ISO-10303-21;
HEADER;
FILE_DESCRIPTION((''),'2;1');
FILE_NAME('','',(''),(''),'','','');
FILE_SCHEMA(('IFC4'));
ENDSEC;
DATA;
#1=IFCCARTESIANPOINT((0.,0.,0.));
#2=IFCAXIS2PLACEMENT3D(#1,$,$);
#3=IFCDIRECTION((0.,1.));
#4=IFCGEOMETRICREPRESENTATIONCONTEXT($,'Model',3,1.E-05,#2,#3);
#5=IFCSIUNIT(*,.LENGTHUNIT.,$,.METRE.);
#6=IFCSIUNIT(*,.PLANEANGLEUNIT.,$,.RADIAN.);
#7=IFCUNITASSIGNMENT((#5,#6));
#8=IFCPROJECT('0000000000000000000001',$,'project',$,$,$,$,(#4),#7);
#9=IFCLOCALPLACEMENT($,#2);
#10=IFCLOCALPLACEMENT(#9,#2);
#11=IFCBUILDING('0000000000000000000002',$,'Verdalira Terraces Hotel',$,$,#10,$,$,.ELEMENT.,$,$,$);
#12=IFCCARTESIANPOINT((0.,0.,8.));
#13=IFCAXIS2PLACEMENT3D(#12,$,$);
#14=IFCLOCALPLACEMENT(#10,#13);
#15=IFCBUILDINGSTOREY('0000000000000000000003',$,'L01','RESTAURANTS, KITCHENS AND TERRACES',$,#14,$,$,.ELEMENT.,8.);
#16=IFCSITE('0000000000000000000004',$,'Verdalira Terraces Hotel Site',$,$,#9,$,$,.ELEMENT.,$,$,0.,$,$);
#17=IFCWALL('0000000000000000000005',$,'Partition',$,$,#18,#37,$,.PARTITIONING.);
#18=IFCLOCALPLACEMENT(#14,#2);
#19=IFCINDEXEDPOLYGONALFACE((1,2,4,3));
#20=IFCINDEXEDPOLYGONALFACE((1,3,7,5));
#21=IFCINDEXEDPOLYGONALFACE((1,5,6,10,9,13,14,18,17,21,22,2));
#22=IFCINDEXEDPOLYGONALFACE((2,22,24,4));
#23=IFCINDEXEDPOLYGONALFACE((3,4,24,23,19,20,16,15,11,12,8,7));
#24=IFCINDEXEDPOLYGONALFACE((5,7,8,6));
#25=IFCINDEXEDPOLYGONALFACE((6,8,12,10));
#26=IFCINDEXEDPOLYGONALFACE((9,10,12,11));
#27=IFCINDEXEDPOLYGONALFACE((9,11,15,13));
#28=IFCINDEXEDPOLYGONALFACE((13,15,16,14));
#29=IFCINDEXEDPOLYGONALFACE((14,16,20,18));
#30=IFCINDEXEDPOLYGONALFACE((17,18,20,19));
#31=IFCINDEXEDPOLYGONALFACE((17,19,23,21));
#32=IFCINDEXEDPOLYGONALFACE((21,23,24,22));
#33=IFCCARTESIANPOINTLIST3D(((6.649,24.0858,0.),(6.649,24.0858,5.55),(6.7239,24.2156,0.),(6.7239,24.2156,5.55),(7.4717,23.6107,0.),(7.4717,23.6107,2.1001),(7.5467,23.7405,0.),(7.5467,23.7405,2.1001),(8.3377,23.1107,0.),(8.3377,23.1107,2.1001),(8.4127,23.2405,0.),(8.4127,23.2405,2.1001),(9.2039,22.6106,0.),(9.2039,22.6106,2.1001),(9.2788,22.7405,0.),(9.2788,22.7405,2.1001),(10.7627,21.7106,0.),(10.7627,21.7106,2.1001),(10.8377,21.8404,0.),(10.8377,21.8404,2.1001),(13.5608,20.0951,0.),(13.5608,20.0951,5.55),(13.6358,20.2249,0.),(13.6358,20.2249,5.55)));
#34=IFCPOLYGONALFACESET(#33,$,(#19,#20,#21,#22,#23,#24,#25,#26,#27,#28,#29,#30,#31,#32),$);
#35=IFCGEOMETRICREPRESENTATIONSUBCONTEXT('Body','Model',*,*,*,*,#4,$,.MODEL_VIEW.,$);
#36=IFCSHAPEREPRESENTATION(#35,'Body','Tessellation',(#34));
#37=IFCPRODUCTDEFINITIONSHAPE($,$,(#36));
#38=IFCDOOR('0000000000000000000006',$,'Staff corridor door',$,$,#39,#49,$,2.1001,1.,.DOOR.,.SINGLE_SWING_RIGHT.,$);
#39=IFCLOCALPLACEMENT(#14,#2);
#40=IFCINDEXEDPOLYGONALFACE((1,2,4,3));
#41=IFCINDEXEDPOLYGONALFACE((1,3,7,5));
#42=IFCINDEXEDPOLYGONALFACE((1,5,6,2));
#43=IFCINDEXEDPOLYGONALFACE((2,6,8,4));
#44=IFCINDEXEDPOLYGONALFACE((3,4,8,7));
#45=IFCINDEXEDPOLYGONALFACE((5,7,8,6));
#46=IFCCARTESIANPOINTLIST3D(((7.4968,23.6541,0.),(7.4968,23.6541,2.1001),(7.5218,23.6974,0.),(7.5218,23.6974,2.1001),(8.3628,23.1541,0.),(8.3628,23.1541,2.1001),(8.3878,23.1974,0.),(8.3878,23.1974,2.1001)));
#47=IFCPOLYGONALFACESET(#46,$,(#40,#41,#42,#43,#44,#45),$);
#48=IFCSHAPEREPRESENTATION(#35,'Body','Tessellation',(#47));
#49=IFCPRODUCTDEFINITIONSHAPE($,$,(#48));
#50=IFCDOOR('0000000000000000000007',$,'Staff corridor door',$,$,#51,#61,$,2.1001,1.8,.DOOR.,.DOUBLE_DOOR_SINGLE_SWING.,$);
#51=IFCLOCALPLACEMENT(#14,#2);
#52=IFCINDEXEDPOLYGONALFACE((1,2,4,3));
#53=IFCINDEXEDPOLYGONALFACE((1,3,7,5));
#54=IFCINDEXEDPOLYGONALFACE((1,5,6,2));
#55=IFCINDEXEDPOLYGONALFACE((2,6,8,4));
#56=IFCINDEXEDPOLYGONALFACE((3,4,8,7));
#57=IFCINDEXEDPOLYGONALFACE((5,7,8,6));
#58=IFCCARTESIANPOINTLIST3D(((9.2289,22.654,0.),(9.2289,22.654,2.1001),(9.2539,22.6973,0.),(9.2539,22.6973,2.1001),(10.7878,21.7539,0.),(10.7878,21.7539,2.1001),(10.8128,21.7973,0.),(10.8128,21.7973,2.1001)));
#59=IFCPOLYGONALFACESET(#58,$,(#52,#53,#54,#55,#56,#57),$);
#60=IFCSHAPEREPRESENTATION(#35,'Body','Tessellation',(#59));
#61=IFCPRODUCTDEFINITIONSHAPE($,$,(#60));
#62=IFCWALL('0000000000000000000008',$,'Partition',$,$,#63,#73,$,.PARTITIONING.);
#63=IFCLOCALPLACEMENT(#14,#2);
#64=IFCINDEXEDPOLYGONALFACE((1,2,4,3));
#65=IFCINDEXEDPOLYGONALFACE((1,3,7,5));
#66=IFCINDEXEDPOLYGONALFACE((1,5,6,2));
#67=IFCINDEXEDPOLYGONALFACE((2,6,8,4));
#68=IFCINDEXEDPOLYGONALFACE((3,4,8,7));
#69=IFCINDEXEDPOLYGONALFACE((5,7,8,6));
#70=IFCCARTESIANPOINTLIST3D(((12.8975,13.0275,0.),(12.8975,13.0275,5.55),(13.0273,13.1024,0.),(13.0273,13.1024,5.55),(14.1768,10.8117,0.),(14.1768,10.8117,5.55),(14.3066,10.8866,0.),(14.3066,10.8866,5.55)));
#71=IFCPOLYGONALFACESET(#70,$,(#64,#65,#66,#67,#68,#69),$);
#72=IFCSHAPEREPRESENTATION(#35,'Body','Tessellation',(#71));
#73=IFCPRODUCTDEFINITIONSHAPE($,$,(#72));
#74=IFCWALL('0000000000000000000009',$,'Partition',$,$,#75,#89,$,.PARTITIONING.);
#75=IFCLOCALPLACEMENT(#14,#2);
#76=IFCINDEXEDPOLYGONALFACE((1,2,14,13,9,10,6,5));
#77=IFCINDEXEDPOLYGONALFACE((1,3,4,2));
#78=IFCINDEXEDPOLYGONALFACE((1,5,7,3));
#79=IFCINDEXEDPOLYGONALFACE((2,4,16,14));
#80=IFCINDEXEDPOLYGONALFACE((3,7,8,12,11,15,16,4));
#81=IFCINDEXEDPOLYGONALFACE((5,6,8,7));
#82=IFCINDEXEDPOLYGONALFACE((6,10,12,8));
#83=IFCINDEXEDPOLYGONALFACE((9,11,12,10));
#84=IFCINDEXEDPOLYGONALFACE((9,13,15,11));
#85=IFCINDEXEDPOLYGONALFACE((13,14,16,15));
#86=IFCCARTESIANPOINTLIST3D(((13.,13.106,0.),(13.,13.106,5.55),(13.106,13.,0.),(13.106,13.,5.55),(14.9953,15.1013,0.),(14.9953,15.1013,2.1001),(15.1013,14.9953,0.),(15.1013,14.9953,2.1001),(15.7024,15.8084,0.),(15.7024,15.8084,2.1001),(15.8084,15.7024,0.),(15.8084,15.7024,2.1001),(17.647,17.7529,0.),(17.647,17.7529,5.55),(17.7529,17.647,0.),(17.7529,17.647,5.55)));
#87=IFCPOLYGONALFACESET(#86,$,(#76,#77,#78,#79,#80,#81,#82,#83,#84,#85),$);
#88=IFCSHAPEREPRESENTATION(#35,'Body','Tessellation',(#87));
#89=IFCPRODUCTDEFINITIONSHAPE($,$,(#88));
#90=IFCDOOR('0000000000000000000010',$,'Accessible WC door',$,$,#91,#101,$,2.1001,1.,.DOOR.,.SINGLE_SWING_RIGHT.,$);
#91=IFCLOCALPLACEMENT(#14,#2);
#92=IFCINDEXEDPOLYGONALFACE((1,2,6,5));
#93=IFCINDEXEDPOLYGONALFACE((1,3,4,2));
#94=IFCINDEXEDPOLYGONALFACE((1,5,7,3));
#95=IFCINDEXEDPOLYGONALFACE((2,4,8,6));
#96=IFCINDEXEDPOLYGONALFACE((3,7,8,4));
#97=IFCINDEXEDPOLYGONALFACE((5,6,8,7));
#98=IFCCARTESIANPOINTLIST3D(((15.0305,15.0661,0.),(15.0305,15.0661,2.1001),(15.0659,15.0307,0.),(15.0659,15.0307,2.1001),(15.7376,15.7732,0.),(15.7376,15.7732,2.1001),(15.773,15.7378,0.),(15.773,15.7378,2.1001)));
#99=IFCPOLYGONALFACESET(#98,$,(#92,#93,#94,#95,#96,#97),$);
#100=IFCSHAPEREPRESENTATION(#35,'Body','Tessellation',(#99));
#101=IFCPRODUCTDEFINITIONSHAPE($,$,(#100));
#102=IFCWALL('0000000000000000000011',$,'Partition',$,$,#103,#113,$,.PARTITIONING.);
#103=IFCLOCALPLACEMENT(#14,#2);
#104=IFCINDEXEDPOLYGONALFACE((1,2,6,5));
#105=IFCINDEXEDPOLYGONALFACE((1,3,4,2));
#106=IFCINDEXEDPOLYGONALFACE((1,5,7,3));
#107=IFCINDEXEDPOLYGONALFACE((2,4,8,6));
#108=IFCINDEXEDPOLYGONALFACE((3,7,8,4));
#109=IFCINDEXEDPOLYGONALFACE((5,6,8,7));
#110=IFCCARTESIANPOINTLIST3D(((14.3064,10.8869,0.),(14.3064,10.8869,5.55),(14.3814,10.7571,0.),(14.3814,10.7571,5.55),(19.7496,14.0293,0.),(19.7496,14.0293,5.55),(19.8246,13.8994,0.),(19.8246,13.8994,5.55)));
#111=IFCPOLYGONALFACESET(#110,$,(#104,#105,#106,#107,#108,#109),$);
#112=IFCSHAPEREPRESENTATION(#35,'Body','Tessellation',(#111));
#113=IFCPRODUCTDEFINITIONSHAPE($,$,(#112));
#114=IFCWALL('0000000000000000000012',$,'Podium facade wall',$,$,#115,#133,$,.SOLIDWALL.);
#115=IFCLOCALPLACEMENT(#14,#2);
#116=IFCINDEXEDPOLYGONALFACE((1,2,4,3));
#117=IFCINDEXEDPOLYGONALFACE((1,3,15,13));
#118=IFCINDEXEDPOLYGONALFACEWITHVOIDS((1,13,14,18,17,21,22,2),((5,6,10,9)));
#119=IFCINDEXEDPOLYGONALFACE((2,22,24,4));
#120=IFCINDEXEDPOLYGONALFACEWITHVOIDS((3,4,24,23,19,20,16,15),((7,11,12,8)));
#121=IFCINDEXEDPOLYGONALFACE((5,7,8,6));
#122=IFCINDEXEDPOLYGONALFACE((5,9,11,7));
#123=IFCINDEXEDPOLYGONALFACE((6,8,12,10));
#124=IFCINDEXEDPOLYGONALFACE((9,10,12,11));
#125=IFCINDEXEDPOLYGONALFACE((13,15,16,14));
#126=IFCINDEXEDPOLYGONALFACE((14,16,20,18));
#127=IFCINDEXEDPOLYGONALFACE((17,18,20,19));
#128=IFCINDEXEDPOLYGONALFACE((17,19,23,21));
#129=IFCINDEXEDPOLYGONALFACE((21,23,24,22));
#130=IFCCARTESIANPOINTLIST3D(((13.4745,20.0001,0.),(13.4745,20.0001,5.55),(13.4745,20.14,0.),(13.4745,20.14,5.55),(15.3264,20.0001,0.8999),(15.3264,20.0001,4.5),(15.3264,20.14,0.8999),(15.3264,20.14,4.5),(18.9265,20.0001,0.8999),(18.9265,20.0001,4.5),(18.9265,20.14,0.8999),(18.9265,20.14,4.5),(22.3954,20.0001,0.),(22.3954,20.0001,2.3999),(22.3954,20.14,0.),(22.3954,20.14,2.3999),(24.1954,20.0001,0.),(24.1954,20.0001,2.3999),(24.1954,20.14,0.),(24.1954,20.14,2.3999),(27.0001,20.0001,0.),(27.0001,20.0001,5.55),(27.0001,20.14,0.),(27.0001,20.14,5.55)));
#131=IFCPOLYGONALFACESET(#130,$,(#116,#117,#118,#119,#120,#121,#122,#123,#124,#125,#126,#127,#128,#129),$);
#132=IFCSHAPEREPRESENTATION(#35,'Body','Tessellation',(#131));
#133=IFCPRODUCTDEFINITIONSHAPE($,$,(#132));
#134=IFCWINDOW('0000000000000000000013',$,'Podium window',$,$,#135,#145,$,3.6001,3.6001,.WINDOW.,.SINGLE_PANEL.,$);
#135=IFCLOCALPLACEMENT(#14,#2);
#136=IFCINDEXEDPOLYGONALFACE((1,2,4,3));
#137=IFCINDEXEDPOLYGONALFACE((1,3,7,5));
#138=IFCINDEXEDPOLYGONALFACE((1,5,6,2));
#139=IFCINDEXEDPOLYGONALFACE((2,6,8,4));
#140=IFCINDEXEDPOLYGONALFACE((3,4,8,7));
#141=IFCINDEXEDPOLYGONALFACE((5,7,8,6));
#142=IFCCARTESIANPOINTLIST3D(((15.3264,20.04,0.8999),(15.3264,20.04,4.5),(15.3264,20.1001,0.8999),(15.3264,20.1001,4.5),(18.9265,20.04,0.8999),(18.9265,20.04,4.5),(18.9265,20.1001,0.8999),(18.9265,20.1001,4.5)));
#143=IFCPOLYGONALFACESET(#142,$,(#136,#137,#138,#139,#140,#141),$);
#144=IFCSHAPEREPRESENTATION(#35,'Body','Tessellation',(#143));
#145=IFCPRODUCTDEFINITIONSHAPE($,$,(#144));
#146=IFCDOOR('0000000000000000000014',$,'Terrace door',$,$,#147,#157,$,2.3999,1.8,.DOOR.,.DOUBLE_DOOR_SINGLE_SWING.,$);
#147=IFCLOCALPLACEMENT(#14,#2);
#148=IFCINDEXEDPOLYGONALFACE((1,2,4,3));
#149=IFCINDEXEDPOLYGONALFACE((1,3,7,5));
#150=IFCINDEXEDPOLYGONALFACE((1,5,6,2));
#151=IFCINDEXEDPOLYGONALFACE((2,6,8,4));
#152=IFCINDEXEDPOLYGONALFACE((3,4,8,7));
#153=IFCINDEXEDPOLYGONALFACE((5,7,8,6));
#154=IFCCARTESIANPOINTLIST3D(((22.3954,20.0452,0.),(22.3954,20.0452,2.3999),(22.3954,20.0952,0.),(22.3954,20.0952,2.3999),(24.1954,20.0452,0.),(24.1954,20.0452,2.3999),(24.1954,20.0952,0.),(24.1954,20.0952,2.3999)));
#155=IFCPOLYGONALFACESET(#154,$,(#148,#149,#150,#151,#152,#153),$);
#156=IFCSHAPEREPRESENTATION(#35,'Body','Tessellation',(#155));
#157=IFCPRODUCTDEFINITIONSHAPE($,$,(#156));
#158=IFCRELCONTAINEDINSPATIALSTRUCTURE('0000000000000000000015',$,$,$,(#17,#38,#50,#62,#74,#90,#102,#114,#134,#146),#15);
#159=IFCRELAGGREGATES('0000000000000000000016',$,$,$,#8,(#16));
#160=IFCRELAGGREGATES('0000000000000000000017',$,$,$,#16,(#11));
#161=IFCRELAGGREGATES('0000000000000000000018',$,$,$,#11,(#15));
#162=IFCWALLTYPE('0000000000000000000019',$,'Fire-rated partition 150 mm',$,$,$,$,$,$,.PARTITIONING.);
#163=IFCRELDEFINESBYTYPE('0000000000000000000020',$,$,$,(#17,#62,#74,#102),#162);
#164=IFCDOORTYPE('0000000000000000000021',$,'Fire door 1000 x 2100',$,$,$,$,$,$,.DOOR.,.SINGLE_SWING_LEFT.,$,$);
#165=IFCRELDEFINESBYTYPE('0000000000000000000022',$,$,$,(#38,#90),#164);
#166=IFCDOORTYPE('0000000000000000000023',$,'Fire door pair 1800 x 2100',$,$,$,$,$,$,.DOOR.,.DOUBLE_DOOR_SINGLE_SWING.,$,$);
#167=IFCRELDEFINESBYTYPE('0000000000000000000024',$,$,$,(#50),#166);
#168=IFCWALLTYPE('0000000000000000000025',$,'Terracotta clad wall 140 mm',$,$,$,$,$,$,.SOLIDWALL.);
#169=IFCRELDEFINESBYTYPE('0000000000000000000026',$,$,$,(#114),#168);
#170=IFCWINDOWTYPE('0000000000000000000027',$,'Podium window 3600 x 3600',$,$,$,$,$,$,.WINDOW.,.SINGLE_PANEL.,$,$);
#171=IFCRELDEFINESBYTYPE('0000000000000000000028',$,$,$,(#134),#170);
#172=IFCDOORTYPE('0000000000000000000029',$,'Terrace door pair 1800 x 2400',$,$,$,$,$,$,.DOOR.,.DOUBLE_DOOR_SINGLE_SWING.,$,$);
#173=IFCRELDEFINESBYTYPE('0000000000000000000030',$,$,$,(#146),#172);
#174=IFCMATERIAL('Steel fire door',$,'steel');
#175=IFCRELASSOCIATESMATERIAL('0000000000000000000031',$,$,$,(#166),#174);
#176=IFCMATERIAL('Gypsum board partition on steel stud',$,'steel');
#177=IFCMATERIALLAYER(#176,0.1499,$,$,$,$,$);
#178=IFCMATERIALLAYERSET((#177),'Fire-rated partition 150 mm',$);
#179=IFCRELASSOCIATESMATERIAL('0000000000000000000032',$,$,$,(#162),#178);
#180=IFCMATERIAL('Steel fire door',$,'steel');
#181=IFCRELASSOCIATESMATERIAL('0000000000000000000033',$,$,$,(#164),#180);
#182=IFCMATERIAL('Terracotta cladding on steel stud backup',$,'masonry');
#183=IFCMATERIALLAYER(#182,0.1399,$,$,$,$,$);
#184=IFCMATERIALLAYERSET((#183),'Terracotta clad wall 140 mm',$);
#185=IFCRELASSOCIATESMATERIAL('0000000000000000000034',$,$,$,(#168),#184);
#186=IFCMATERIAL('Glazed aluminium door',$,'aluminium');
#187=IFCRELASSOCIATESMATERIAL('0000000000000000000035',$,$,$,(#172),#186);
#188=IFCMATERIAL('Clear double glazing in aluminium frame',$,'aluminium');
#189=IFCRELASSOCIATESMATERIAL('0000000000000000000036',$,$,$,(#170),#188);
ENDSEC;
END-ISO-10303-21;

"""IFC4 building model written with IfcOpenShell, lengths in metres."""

from ifc_helpers import new_model, si_unit, direction, frame, frame_2d, origin, place, context, subcontext, project, spatial, rectangle, extrude, material, layer, layer_set, type_object, element, fill, save


model = new_model("IFC4")

# Units and contexts
model_context = context("Model", 3, precision=1e-05, world=origin(), true_north=direction((0.0, 1.0)))
body_context = subcontext(model_context, "Body", "Model", "MODEL_VIEW")
ifc_project = project(units=[si_unit("LENGTHUNIT", "METRE"), si_unit("PLANEANGLEUNIT", "RADIAN")], contexts=[model_context])

# Site, building, storey
site_placement = place(None, origin())
site = spatial("IfcSite", under=ifc_project, at=site_placement, Name="Verdalira Terraces Hotel Site", CompositionType="ELEMENT", RefElevation=0.0)
building_placement = place(site_placement, origin())
building = spatial("IfcBuilding", under=site, at=building_placement, Name="Verdalira Terraces Hotel", CompositionType="ELEMENT")
storey_placement = place(building_placement, frame((0.0, 0.0, 8.0)))
storey = spatial("IfcBuildingStorey", under=building, at=storey_placement, Name="L01", Description="RESTAURANTS, KITCHENS AND TERRACES", CompositionType="ELEMENT", Elevation=8.0)

# Shared definitions
ifc_material_1 = material(Name="Steel fire door", Category="steel")
door_type_1 = type_object("IfcDoorType", Name="Fire door pair 1800 x 2100", OperationType="DOUBLE_DOOR_SINGLE_SWING", PredefinedType="DOOR", material=ifc_material_1)

# Wall, openings, doors
ifc_material_2 = material(Name="Gypsum board partition on steel stud", Category="steel")
ifc_layer_1 = layer(ifc_material_2, 0.1499)
ifc_layer_set_1 = layer_set([ifc_layer_1], Name="Fire-rated partition 150 mm")
wall_type_1 = type_object("IfcWallType", Name="Fire-rated partition 150 mm", PredefinedType="PARTITIONING", material=ifc_layer_set_1)
wall_1_placement = place(storey_placement, frame((13.5984, 20.1599, 0.0), z_axis=(0.0, 0.0, 1.0), x_axis=(-0.866017, 0.500015, 0.0)))
wall_1 = element("IfcWall", 1, at=wall_1_placement, inside=storey, type_object=wall_type_1, Name="Partition", PredefinedType="PARTITIONING", context=body_context, shape_type="SweptSolid", body=[
    extrude(rectangle(XDim=7.9812, YDim=0.1499, at=frame_2d((3.9907, 0.0))), origin(), (0.0, 0.0, 1.0), 5.55),
])
opening_1_placement = place(wall_1_placement, frame((6.0312, 0.0, 0.0)))
opening_1 = element("IfcOpeningElement", 2, at=opening_1_placement, cuts=wall_1, PredefinedType="OPENING", context=body_context, shape_type="SweptSolid", body=[
    extrude(rectangle(XDim=1.0, YDim=2.1001, at=frame_2d((0.5, 1.05))), frame((0.0, 0.085, 0.0), z_axis=(0.0, -1.0, 0.0), x_axis=(1.0, 0.0, 0.0)), (0.0, 0.0, 1.0), 0.1699),
])
opening_2_placement = place(wall_1_placement, frame((3.2312, 0.0, 0.0)))
opening_2 = element("IfcOpeningElement", 3, at=opening_2_placement, cuts=wall_1, PredefinedType="OPENING", context=body_context, shape_type="SweptSolid", body=[
    extrude(rectangle(XDim=1.8, YDim=2.1001, at=frame_2d((0.8999, 1.05))), frame((0.0, 0.085, 0.0), z_axis=(0.0, -1.0, 0.0), x_axis=(1.0, 0.0, 0.0)), (0.0, 0.0, 1.0), 0.1699),
])
ifc_material_3 = material(Name="Steel fire door", Category="steel")
door_type_2 = type_object("IfcDoorType", Name="Fire door 1000 x 2100", OperationType="SINGLE_SWING_LEFT", PredefinedType="DOOR", material=ifc_material_3)
door_1_placement = place(opening_1_placement, origin())
door_1 = element("IfcDoor", 4, at=door_1_placement, inside=storey, type_object=door_type_2, Name="Staff corridor door", OperationType="SINGLE_SWING_RIGHT", OverallHeight=2.1001, OverallWidth=1.0, PredefinedType="DOOR", context=body_context, shape_type="SweptSolid", body=[
    extrude(rectangle(XDim=1.0, YDim=2.1001, at=frame_2d((0.5, 1.05))), frame((0.0, 0.0249, 0.0), z_axis=(0.0, -1.0, 0.0), x_axis=(1.0, 0.0, 0.0)), (0.0, 0.0, 1.0), 0.05),
])
fill(opening_1, door_1)
door_2_placement = place(opening_2_placement, origin())
door_2 = element("IfcDoor", 5, at=door_2_placement, inside=storey, type_object=door_type_1, Name="Staff corridor door", OperationType="DOUBLE_DOOR_SINGLE_SWING", OverallHeight=2.1001, OverallWidth=1.8, PredefinedType="DOOR", context=body_context, shape_type="SweptSolid", body=[
    extrude(rectangle(XDim=1.8, YDim=2.1001, at=frame_2d((0.8999, 1.05))), frame((0.0, 0.0249, 0.0), z_axis=(0.0, -1.0, 0.0), x_axis=(1.0, 0.0, 0.0)), (0.0, 0.0, 1.0), 0.05),
])
fill(opening_2, door_2)

# Wall
wall_2_placement = place(storey_placement, frame((12.9624, 13.0649, 0.0), z_axis=(0.0, 0.0, 1.0), x_axis=(0.499998, -0.866027, 0.0)))
element("IfcWall", 6, at=wall_2_placement, inside=storey, type_object=wall_type_1, Name="Partition", PredefinedType="PARTITIONING", context=body_context, shape_type="SweptSolid", body=[
    extrude(rectangle(XDim=2.5586, YDim=0.1499, at=frame_2d((1.2793, 0.0))), origin(), (0.0, 0.0, 1.0), 5.55),
])

# Wall, opening, door
wall_3_placement = place(storey_placement, frame((17.7, 17.7, 0.0), z_axis=(0.0, 0.0, 1.0), x_axis=(-0.707107, -0.707107, 0.0)))
wall_3 = element("IfcWall", 7, at=wall_3_placement, inside=storey, type_object=wall_type_1, Name="Partition", PredefinedType="PARTITIONING", context=body_context, shape_type="SweptSolid", body=[
    extrude(rectangle(XDim=6.5718, YDim=0.1499, at=frame_2d((3.2859, 0.0))), origin(), (0.0, 0.0, 1.0), 5.55),
])
opening_3_placement = place(wall_3_placement, frame((2.75, 0.0, 0.0)))
opening_3 = element("IfcOpeningElement", 8, at=opening_3_placement, cuts=wall_3, PredefinedType="OPENING", context=body_context, shape_type="SweptSolid", body=[
    extrude(rectangle(XDim=1.0, YDim=2.1001, at=frame_2d((0.5, 1.05))), frame((0.0, 0.085, 0.0), z_axis=(0.0, -1.0, 0.0), x_axis=(1.0, 0.0, 0.0)), (0.0, 0.0, 1.0), 0.1699),
])
door_3_placement = place(opening_3_placement, origin())
door_3 = element("IfcDoor", 9, at=door_3_placement, inside=storey, type_object=door_type_2, Name="Accessible WC door", OperationType="SINGLE_SWING_RIGHT", OverallHeight=2.1001, OverallWidth=1.0, PredefinedType="DOOR", context=body_context, shape_type="SweptSolid", body=[
    extrude(rectangle(XDim=1.0, YDim=2.1001, at=frame_2d((0.5, 1.05))), frame((0.0, 0.0249, 0.0), z_axis=(0.0, -1.0, 0.0), x_axis=(1.0, 0.0, 0.0)), (0.0, 0.0, 1.0), 0.05),
])
fill(opening_3, door_3)

# Wall
wall_4_placement = place(storey_placement, frame((19.7871, 13.9644, 0.0), z_axis=(0.0, 0.0, 1.0), x_axis=(-0.866043, -0.49997, 0.0)))
element("IfcWall", 10, at=wall_4_placement, inside=storey, type_object=wall_type_1, Name="Partition", PredefinedType="PARTITIONING", context=body_context, shape_type="SweptSolid", body=[
    extrude(rectangle(XDim=6.2852, YDim=0.1499, at=frame_2d((3.1426, 0.0))), origin(), (0.0, 0.0, 1.0), 5.55),
])

# Shared definitions
ifc_material_4 = material(Name="Terracotta cladding on steel stud backup", Category="masonry")
ifc_layer_2 = layer(ifc_material_4, 0.1399)
ifc_layer_set_2 = layer_set([ifc_layer_2], Name="Terracotta clad wall 140 mm")
wall_type_2 = type_object("IfcWallType", Name="Terracotta clad wall 140 mm", PredefinedType="SOLIDWALL", material=ifc_layer_set_2)
ifc_material_5 = material(Name="Glazed aluminium door", Category="aluminium")
door_type_3 = type_object("IfcDoorType", Name="Terrace door pair 1800 x 2400", OperationType="DOUBLE_DOOR_SINGLE_SWING", PredefinedType="DOOR", material=ifc_material_5)

# Wall, openings, window, door
wall_5_placement = place(storey_placement, frame((27.0, 20.0701, 0.0), z_axis=(0.0, 0.0, 1.0), x_axis=(-1.0, 0.0, 0.0)))
wall_5 = element("IfcWall", 11, at=wall_5_placement, inside=storey, type_object=wall_type_2, Name="Podium facade wall", PredefinedType="SOLIDWALL", context=body_context, shape_type="SweptSolid", body=[
    extrude(rectangle(XDim=13.5256, YDim=0.1399, at=frame_2d((6.7627, 0.0))), origin(), (0.0, 0.0, 1.0), 5.55),
])
opening_4_placement = place(wall_5_placement, frame((8.0735, 0.0, 0.8999)))
opening_4 = element("IfcOpeningElement", 12, at=opening_4_placement, cuts=wall_5, PredefinedType="OPENING", context=body_context, shape_type="SweptSolid", body=[
    extrude(rectangle(XDim=3.6001, YDim=3.6001, at=frame_2d((1.8, 1.8))), frame((0.0, 0.0798, 0.0), z_axis=(0.0, -1.0, 0.0), x_axis=(1.0, 0.0, 0.0)), (0.0, 0.0, 1.0), 0.1599),
])
opening_5_placement = place(wall_5_placement, frame((2.8047, 0.0, 0.0)))
opening_5 = element("IfcOpeningElement", 13, at=opening_5_placement, cuts=wall_5, PredefinedType="OPENING", context=body_context, shape_type="SweptSolid", body=[
    extrude(rectangle(XDim=1.8, YDim=2.3999, at=frame_2d((0.8999, 1.2))), frame((0.0, 0.0798, 0.0), z_axis=(0.0, -1.0, 0.0), x_axis=(1.0, 0.0, 0.0)), (0.0, 0.0, 1.0), 0.1599),
])
ifc_material_6 = material(Name="Clear double glazing in aluminium frame", Category="aluminium")
window_type_1 = type_object("IfcWindowType", Name="Podium window 3600 x 3600", PartitioningType="SINGLE_PANEL", PredefinedType="WINDOW", material=ifc_material_6)
window_1_placement = place(opening_4_placement, origin())
window_1 = element("IfcWindow", 14, at=window_1_placement, inside=storey, type_object=window_type_1, Name="Podium window", OverallHeight=3.6001, OverallWidth=3.6001, PartitioningType="SINGLE_PANEL", PredefinedType="WINDOW", context=body_context, shape_type="SweptSolid", body=[
    extrude(rectangle(XDim=3.6001, YDim=3.6001, at=frame_2d((1.8, 1.8))), frame((0.0, 0.03, 0.0), z_axis=(0.0, -1.0, 0.0), x_axis=(1.0, 0.0, 0.0)), (0.0, 0.0, 1.0), 0.0601),
])
fill(opening_4, window_1)
door_4_placement = place(opening_5_placement, origin())
door_4 = element("IfcDoor", 15, at=door_4_placement, inside=storey, type_object=door_type_3, Name="Terrace door", OperationType="DOUBLE_DOOR_SINGLE_SWING", OverallHeight=2.3999, OverallWidth=1.8, PredefinedType="DOOR", context=body_context, shape_type="SweptSolid", body=[
    extrude(rectangle(XDim=1.8, YDim=2.3999, at=frame_2d((0.8999, 1.2))), frame((0.0, 0.0249, 0.0), z_axis=(0.0, -1.0, 0.0), x_axis=(1.0, 0.0, 0.0)), (0.0, 0.0, 1.0), 0.05),
])
fill(opening_5, door_4)

save(model, "model.ifc")
